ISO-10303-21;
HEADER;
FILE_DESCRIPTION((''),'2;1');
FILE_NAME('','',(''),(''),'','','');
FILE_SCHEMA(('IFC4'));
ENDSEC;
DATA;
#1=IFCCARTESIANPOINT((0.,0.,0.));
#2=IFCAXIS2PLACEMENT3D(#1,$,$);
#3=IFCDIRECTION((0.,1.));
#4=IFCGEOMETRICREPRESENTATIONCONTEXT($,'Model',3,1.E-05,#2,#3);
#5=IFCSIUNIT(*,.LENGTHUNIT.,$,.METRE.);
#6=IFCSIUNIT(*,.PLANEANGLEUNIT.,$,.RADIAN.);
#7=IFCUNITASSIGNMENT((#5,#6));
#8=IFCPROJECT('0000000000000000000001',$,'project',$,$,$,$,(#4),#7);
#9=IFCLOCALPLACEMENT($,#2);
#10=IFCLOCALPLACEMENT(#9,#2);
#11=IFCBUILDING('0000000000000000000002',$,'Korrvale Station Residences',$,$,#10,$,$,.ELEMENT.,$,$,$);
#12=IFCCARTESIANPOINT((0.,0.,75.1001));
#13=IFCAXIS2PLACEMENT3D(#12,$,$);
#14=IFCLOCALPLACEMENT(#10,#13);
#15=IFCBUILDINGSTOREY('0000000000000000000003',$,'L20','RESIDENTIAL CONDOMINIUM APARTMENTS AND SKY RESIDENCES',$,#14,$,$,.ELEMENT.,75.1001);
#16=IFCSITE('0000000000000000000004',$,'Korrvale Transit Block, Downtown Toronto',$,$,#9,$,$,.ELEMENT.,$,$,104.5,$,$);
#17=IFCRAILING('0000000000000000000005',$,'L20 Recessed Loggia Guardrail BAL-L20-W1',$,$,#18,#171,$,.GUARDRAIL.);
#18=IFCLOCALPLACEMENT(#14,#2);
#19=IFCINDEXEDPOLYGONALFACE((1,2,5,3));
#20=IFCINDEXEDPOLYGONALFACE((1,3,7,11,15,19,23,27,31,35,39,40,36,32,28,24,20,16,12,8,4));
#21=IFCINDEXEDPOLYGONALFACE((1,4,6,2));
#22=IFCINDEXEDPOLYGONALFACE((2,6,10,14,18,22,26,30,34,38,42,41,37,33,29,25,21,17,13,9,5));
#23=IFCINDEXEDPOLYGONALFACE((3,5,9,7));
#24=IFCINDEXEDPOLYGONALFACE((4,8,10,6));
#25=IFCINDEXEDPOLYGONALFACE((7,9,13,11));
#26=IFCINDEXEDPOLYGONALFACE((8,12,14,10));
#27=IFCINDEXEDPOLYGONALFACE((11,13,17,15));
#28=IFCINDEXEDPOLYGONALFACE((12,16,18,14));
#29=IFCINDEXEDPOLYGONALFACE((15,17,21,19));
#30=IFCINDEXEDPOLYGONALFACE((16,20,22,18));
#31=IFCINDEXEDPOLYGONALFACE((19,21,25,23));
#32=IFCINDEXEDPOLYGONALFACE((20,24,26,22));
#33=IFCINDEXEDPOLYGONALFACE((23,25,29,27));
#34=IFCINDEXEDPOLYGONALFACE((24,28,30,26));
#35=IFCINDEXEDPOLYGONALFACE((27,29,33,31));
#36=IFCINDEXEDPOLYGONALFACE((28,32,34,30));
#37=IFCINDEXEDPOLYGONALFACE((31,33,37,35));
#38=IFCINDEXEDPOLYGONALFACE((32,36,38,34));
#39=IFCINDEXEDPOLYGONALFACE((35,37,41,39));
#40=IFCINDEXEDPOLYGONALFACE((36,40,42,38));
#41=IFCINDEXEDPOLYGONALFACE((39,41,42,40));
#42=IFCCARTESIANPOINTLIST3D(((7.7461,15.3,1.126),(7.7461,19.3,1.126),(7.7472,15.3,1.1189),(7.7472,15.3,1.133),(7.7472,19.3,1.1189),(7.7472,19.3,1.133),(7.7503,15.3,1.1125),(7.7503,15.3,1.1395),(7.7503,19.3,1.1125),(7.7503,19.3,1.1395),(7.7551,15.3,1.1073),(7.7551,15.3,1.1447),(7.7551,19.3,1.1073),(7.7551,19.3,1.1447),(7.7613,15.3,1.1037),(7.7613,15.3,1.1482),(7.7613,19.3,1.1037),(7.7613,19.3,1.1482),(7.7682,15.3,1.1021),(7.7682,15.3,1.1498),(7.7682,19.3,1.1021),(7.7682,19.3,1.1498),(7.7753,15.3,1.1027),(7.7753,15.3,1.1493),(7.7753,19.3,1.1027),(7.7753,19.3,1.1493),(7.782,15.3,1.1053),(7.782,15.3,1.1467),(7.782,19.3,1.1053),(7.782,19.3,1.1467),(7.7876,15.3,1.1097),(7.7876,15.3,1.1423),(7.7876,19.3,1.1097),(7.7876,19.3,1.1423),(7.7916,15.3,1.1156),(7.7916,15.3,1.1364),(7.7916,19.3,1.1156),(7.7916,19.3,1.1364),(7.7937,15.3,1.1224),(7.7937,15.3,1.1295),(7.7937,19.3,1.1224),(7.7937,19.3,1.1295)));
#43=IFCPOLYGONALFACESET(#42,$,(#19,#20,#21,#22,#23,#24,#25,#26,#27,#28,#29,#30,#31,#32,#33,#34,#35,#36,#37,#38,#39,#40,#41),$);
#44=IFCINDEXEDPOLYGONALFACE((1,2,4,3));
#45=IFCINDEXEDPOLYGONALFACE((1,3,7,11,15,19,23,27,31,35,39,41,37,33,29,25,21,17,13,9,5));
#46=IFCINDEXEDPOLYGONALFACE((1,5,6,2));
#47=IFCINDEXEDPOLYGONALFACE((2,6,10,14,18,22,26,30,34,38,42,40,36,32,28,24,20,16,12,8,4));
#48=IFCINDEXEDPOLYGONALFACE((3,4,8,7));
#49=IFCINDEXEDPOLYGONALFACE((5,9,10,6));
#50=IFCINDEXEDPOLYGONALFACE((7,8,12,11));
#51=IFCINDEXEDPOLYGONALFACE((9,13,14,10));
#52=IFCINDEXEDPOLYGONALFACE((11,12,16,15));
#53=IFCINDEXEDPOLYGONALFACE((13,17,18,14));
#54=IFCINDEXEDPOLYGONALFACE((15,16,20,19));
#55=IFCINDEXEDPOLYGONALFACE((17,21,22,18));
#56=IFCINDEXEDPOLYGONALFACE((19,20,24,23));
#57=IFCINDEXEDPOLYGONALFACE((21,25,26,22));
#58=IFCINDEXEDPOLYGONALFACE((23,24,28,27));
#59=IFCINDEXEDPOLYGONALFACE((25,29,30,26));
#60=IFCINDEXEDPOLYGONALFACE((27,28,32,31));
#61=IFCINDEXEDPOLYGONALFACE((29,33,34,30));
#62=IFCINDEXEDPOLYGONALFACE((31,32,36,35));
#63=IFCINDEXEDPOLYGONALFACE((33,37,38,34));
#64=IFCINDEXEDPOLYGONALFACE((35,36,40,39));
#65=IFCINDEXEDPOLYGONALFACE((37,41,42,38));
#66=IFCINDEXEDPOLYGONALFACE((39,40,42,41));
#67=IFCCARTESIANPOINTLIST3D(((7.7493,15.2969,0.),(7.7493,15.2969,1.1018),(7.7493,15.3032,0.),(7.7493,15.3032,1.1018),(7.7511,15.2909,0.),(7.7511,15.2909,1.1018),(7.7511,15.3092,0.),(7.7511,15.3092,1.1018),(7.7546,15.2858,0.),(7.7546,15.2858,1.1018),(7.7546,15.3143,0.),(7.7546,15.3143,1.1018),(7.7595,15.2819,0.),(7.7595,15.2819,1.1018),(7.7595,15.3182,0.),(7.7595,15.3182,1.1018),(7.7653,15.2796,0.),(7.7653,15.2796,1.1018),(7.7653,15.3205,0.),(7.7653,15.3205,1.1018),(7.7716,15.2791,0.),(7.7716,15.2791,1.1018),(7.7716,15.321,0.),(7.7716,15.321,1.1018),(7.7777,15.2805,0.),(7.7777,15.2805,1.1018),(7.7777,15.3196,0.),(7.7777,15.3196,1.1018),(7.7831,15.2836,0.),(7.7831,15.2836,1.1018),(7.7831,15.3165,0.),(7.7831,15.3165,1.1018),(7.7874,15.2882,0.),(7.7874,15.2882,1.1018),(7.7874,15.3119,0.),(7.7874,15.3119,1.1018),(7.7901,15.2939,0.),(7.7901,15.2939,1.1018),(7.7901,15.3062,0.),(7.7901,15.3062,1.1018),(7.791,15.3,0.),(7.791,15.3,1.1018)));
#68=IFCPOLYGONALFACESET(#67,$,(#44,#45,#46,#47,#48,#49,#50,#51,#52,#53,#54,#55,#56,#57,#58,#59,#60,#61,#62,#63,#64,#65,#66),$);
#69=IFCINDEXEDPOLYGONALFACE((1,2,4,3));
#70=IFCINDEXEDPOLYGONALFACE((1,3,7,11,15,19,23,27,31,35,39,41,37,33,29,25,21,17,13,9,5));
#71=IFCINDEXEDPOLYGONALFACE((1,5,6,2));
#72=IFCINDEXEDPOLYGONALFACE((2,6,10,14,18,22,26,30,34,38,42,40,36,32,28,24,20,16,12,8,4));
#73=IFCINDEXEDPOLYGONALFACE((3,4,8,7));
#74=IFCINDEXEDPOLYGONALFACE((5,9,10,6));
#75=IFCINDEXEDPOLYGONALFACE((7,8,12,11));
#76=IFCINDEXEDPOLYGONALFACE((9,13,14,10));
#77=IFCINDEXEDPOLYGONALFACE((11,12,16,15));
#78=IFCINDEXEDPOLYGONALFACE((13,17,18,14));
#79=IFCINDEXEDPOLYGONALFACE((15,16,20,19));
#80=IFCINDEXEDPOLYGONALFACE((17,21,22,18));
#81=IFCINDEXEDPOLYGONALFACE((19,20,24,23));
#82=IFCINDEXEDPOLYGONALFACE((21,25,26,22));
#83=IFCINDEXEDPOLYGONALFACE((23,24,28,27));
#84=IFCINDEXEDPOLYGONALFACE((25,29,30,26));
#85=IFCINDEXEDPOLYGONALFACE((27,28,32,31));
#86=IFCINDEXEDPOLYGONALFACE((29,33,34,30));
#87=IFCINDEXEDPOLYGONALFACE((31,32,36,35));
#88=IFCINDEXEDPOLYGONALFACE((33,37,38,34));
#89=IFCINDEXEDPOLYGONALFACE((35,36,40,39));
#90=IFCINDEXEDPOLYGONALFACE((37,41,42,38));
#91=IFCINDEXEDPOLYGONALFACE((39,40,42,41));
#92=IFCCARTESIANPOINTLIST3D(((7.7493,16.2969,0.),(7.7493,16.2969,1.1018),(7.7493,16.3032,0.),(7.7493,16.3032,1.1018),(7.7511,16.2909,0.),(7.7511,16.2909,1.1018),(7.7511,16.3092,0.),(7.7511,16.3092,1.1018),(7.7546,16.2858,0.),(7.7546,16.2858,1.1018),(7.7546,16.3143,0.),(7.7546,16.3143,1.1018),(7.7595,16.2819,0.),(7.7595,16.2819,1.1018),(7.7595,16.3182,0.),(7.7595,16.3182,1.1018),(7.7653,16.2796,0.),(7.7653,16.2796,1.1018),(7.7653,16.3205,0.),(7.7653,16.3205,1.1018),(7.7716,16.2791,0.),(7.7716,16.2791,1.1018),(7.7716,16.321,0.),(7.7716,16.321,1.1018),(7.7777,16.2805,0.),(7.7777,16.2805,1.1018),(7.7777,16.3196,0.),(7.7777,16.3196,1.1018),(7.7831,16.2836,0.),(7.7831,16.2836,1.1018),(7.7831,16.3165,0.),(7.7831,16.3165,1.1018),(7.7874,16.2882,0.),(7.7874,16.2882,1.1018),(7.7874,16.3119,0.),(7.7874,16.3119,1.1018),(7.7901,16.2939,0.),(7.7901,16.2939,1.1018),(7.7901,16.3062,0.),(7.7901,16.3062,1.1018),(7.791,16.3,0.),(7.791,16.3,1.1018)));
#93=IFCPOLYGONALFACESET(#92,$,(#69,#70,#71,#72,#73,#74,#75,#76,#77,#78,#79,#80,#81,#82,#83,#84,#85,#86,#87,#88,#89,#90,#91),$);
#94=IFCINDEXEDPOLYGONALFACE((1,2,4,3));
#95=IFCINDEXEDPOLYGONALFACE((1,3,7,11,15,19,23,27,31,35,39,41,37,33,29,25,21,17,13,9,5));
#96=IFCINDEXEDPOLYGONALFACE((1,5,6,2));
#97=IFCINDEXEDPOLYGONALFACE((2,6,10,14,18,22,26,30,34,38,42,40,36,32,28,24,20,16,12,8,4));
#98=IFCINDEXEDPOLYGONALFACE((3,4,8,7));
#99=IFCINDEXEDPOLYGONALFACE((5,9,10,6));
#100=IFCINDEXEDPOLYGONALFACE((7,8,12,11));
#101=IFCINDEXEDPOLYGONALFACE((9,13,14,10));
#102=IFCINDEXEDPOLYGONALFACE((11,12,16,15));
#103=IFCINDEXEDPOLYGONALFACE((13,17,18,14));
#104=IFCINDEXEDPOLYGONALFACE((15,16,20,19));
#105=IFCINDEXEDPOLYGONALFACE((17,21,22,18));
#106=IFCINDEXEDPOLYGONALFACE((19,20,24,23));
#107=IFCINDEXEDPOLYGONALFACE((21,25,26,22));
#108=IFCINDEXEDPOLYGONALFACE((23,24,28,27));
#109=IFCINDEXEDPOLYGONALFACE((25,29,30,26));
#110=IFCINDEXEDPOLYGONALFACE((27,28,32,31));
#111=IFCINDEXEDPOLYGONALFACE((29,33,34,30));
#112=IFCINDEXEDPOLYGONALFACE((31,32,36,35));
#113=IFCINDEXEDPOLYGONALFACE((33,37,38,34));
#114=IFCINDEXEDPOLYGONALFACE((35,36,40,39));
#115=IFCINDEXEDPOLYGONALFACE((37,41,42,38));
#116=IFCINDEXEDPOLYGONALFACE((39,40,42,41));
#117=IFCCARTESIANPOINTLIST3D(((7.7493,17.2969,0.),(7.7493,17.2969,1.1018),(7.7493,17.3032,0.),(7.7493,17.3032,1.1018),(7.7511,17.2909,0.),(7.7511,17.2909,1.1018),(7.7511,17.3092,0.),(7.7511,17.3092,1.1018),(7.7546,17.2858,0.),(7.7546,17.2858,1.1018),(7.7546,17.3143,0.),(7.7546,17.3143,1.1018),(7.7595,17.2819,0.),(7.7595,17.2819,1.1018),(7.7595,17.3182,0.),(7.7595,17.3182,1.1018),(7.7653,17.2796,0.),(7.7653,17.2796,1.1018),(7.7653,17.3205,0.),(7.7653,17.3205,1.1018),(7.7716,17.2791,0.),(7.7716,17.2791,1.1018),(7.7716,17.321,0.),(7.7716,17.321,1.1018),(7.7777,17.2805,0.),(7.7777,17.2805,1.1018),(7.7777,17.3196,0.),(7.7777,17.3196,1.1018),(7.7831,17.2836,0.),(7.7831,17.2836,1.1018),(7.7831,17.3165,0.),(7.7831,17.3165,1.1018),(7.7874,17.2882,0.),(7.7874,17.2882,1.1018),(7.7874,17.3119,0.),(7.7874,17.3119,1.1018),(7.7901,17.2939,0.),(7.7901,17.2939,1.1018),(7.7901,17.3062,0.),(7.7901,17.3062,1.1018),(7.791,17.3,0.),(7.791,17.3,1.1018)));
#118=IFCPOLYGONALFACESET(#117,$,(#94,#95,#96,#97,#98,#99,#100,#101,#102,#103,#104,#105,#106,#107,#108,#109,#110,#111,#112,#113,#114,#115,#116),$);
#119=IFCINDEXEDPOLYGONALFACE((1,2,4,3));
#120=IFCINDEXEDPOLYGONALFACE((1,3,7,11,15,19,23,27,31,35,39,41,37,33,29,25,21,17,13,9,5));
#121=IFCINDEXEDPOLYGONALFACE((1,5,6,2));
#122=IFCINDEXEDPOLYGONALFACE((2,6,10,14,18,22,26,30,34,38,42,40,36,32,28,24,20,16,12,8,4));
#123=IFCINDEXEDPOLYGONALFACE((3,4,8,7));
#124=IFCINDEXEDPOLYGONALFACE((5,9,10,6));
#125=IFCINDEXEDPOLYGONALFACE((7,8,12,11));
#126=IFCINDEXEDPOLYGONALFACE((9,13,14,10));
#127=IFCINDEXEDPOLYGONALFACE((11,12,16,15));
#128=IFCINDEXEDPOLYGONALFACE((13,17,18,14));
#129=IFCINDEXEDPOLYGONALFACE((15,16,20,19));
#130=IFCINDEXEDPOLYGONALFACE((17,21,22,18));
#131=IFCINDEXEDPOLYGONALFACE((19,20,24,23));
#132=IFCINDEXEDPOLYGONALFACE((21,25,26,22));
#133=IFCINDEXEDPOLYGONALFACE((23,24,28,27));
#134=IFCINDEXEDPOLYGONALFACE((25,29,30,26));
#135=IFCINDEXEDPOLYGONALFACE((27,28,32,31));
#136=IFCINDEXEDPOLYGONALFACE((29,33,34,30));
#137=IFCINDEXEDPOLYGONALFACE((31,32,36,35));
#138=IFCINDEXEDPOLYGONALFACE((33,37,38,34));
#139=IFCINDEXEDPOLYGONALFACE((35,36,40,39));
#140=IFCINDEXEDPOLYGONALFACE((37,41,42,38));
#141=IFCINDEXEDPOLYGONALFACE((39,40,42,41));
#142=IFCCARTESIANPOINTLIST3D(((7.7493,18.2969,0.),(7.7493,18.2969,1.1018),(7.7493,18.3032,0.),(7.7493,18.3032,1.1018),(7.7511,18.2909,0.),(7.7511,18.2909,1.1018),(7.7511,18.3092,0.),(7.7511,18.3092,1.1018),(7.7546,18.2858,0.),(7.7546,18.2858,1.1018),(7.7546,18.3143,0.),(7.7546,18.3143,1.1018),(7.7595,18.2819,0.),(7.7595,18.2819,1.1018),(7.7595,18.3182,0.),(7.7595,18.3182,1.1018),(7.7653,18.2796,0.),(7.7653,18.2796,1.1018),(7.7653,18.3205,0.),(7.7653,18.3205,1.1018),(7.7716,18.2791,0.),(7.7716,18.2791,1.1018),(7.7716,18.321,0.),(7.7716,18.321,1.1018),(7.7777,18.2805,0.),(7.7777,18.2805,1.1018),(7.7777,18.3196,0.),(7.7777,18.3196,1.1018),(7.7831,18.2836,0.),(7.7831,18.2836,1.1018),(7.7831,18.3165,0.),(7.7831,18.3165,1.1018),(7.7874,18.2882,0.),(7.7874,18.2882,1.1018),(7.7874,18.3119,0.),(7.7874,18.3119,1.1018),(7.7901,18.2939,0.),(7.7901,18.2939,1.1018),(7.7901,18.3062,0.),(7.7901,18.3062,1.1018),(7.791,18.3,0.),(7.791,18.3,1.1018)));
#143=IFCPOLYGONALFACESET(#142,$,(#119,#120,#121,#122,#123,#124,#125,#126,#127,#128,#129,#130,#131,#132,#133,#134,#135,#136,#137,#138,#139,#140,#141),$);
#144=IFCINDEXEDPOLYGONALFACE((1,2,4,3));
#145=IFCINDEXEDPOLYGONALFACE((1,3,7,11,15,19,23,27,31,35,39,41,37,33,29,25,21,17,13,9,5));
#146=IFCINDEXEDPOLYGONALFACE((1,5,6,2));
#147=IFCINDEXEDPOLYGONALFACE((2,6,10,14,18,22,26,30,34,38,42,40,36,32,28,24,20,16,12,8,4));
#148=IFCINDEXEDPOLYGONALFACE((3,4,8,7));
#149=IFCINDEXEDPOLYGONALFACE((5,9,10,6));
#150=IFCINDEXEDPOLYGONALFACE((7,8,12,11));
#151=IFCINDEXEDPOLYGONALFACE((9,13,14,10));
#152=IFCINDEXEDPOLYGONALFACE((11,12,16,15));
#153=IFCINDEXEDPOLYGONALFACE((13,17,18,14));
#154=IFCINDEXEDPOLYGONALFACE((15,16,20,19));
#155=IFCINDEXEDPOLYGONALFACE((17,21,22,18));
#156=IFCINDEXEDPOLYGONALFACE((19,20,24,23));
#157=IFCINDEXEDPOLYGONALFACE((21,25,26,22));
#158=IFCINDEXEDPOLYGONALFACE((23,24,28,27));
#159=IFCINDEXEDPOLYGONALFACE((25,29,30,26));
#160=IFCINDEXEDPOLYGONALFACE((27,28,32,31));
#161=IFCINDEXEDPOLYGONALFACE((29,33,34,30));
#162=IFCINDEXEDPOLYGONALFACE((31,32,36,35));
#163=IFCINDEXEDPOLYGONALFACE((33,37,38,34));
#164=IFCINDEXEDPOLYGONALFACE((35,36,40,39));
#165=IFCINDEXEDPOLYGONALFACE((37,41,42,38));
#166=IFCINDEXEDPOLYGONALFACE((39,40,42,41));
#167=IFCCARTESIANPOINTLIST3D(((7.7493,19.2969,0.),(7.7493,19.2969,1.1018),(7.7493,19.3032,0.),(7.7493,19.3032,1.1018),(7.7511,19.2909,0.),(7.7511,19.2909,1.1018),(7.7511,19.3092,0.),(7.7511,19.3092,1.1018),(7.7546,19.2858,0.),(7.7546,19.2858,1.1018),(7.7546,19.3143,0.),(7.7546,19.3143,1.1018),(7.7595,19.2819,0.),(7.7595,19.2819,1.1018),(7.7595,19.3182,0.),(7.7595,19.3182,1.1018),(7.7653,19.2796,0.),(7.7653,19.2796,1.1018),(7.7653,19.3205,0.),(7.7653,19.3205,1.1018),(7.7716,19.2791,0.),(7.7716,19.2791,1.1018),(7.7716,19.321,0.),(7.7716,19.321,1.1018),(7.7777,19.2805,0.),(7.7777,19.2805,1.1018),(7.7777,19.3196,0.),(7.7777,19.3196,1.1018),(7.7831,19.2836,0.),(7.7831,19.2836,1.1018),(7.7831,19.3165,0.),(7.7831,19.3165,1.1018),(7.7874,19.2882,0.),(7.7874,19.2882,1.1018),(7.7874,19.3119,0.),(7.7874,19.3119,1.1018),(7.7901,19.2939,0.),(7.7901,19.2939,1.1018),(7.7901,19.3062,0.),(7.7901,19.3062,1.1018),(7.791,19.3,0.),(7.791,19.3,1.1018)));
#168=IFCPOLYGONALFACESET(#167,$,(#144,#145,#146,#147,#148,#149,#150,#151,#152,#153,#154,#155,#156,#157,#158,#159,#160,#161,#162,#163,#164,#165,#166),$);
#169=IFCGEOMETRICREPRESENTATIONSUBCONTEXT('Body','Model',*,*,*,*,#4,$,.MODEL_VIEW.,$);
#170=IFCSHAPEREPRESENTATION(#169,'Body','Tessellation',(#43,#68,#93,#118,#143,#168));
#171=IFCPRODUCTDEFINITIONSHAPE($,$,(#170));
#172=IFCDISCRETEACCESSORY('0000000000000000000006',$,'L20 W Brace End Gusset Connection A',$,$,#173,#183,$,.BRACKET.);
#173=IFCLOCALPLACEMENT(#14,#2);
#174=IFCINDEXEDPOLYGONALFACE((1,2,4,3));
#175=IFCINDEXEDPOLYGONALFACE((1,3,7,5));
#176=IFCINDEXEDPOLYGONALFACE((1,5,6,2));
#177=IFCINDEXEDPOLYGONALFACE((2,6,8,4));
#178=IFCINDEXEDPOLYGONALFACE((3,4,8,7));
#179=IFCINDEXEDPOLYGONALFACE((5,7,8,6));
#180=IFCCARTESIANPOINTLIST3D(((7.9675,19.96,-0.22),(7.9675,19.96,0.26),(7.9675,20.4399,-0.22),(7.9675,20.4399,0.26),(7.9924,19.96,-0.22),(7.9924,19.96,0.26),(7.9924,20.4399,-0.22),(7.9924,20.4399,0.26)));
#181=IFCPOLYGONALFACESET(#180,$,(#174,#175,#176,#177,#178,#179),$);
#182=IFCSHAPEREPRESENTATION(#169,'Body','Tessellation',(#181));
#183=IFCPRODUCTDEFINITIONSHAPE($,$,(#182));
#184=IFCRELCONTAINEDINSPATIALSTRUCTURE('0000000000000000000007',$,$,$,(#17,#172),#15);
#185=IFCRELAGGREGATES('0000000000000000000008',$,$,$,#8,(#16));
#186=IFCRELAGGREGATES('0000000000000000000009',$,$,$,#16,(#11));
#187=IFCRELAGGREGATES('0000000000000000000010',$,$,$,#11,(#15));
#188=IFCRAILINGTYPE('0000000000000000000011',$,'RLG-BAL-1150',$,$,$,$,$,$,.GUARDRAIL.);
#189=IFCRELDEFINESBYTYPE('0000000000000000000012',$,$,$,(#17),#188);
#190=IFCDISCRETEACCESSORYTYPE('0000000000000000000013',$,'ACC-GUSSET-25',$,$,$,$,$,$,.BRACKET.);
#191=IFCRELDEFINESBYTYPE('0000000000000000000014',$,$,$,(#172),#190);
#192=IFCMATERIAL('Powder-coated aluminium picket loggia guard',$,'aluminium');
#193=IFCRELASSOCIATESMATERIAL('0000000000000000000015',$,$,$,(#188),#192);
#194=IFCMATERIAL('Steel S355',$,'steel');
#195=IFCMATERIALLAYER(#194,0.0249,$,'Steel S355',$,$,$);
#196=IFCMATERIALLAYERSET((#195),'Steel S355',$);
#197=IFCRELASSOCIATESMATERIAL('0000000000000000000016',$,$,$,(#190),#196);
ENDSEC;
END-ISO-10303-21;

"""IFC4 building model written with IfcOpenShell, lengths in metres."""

from ifc_helpers import new_model, si_unit, direction, frame, origin, origin_2d, place, context, subcontext, project, spatial, rectangle, circle, extrude, material, layer, layer_set, type_object, element, save


model = new_model("IFC4")

# Units and contexts
model_context = context("Model", 3, precision=1e-05, world=origin(), true_north=direction((0.0, 1.0)))
body_context = subcontext(model_context, "Body", "Model", "MODEL_VIEW")
ifc_project = project(units=[si_unit("LENGTHUNIT", "METRE"), si_unit("PLANEANGLEUNIT", "RADIAN")], contexts=[model_context])

# Site, building, storey
site_placement = place(None, origin())
site = spatial("IfcSite", under=ifc_project, at=site_placement, Name="Korrvale Transit Block, Downtown Toronto", CompositionType="ELEMENT", RefElevation=104.5)
building_placement = place(site_placement, origin())
building = spatial("IfcBuilding", under=site, at=building_placement, Name="Korrvale Station Residences", CompositionType="ELEMENT")
storey_placement = place(building_placement, frame((0.0, 0.0, 75.1001)))
storey = spatial("IfcBuildingStorey", under=building, at=storey_placement, Name="L20", Description="RESIDENTIAL CONDOMINIUM APARTMENTS AND SKY RESIDENCES", CompositionType="ELEMENT", Elevation=75.1001)

# Shared definitions
ifc_material_1 = material(Name="Steel S355", Category="steel")

# Railing
ifc_material_2 = material(Name="Powder-coated aluminium picket loggia guard", Category="aluminium")
railing_type = type_object("IfcRailingType", Name="RLG-BAL-1150", PredefinedType="GUARDRAIL", material=ifc_material_2)
railing_placement = place(storey_placement, frame((7.77, 15.3, 0.0)))
element("IfcRailing", 1, at=railing_placement, inside=storey, type_object=railing_type, Name="L20 Recessed Loggia Guardrail BAL-L20-W1", PredefinedType="GUARDRAIL", context=body_context, shape_type="SweptSolid", body=[
    extrude(circle(Radius=0.0239, at=origin_2d()), frame((0.0, 0.0, 1.126), z_axis=(0.0, 1.0, 0.0), x_axis=(-1.0, 0.0, 0.0)), (0.0, 0.0, 1.0), 4.0),
    extrude(circle(Radius=0.021, at=origin_2d()), origin(), (0.0, 0.0, 1.0), 1.1018),
    extrude(circle(Radius=0.021, at=origin_2d()), frame((0.0, 1.0, 0.0)), (0.0, 0.0, 1.0), 1.1018),
    extrude(circle(Radius=0.021, at=origin_2d()), frame((0.0, 2.0, 0.0)), (0.0, 0.0, 1.0), 1.1018),
    extrude(circle(Radius=0.021, at=origin_2d()), frame((0.0, 3.0, 0.0)), (0.0, 0.0, 1.0), 1.1018),
    extrude(circle(Radius=0.021, at=origin_2d()), frame((0.0, 4.0, 0.0)), (0.0, 0.0, 1.0), 1.1018),
])

# Discrete accessory
ifc_layer_1 = layer(ifc_material_1, 0.0249, Name="Steel S355")
ifc_layer_set_1 = layer_set([ifc_layer_1], Name="Steel S355")
discrete_accessory_type = type_object("IfcDiscreteAccessoryType", Name="ACC-GUSSET-25", PredefinedType="BRACKET", material=ifc_layer_set_1)
discrete_accessory_placement = place(storey_placement, frame((7.98, 20.2, -0.22), z_axis=(0.0, 0.0, 1.0), x_axis=(0.0, 1.0, 0.0)))
element("IfcDiscreteAccessory", 2, at=discrete_accessory_placement, inside=storey, type_object=discrete_accessory_type, Name="L20 W Brace End Gusset Connection A", PredefinedType="BRACKET", context=body_context, shape_type="SweptSolid", body=[
    extrude(rectangle(XDim=0.48, YDim=0.0249, at=origin_2d()), origin(), (0.0, 0.0, 1.0), 0.48),
])

save(model, "model.ifc")
